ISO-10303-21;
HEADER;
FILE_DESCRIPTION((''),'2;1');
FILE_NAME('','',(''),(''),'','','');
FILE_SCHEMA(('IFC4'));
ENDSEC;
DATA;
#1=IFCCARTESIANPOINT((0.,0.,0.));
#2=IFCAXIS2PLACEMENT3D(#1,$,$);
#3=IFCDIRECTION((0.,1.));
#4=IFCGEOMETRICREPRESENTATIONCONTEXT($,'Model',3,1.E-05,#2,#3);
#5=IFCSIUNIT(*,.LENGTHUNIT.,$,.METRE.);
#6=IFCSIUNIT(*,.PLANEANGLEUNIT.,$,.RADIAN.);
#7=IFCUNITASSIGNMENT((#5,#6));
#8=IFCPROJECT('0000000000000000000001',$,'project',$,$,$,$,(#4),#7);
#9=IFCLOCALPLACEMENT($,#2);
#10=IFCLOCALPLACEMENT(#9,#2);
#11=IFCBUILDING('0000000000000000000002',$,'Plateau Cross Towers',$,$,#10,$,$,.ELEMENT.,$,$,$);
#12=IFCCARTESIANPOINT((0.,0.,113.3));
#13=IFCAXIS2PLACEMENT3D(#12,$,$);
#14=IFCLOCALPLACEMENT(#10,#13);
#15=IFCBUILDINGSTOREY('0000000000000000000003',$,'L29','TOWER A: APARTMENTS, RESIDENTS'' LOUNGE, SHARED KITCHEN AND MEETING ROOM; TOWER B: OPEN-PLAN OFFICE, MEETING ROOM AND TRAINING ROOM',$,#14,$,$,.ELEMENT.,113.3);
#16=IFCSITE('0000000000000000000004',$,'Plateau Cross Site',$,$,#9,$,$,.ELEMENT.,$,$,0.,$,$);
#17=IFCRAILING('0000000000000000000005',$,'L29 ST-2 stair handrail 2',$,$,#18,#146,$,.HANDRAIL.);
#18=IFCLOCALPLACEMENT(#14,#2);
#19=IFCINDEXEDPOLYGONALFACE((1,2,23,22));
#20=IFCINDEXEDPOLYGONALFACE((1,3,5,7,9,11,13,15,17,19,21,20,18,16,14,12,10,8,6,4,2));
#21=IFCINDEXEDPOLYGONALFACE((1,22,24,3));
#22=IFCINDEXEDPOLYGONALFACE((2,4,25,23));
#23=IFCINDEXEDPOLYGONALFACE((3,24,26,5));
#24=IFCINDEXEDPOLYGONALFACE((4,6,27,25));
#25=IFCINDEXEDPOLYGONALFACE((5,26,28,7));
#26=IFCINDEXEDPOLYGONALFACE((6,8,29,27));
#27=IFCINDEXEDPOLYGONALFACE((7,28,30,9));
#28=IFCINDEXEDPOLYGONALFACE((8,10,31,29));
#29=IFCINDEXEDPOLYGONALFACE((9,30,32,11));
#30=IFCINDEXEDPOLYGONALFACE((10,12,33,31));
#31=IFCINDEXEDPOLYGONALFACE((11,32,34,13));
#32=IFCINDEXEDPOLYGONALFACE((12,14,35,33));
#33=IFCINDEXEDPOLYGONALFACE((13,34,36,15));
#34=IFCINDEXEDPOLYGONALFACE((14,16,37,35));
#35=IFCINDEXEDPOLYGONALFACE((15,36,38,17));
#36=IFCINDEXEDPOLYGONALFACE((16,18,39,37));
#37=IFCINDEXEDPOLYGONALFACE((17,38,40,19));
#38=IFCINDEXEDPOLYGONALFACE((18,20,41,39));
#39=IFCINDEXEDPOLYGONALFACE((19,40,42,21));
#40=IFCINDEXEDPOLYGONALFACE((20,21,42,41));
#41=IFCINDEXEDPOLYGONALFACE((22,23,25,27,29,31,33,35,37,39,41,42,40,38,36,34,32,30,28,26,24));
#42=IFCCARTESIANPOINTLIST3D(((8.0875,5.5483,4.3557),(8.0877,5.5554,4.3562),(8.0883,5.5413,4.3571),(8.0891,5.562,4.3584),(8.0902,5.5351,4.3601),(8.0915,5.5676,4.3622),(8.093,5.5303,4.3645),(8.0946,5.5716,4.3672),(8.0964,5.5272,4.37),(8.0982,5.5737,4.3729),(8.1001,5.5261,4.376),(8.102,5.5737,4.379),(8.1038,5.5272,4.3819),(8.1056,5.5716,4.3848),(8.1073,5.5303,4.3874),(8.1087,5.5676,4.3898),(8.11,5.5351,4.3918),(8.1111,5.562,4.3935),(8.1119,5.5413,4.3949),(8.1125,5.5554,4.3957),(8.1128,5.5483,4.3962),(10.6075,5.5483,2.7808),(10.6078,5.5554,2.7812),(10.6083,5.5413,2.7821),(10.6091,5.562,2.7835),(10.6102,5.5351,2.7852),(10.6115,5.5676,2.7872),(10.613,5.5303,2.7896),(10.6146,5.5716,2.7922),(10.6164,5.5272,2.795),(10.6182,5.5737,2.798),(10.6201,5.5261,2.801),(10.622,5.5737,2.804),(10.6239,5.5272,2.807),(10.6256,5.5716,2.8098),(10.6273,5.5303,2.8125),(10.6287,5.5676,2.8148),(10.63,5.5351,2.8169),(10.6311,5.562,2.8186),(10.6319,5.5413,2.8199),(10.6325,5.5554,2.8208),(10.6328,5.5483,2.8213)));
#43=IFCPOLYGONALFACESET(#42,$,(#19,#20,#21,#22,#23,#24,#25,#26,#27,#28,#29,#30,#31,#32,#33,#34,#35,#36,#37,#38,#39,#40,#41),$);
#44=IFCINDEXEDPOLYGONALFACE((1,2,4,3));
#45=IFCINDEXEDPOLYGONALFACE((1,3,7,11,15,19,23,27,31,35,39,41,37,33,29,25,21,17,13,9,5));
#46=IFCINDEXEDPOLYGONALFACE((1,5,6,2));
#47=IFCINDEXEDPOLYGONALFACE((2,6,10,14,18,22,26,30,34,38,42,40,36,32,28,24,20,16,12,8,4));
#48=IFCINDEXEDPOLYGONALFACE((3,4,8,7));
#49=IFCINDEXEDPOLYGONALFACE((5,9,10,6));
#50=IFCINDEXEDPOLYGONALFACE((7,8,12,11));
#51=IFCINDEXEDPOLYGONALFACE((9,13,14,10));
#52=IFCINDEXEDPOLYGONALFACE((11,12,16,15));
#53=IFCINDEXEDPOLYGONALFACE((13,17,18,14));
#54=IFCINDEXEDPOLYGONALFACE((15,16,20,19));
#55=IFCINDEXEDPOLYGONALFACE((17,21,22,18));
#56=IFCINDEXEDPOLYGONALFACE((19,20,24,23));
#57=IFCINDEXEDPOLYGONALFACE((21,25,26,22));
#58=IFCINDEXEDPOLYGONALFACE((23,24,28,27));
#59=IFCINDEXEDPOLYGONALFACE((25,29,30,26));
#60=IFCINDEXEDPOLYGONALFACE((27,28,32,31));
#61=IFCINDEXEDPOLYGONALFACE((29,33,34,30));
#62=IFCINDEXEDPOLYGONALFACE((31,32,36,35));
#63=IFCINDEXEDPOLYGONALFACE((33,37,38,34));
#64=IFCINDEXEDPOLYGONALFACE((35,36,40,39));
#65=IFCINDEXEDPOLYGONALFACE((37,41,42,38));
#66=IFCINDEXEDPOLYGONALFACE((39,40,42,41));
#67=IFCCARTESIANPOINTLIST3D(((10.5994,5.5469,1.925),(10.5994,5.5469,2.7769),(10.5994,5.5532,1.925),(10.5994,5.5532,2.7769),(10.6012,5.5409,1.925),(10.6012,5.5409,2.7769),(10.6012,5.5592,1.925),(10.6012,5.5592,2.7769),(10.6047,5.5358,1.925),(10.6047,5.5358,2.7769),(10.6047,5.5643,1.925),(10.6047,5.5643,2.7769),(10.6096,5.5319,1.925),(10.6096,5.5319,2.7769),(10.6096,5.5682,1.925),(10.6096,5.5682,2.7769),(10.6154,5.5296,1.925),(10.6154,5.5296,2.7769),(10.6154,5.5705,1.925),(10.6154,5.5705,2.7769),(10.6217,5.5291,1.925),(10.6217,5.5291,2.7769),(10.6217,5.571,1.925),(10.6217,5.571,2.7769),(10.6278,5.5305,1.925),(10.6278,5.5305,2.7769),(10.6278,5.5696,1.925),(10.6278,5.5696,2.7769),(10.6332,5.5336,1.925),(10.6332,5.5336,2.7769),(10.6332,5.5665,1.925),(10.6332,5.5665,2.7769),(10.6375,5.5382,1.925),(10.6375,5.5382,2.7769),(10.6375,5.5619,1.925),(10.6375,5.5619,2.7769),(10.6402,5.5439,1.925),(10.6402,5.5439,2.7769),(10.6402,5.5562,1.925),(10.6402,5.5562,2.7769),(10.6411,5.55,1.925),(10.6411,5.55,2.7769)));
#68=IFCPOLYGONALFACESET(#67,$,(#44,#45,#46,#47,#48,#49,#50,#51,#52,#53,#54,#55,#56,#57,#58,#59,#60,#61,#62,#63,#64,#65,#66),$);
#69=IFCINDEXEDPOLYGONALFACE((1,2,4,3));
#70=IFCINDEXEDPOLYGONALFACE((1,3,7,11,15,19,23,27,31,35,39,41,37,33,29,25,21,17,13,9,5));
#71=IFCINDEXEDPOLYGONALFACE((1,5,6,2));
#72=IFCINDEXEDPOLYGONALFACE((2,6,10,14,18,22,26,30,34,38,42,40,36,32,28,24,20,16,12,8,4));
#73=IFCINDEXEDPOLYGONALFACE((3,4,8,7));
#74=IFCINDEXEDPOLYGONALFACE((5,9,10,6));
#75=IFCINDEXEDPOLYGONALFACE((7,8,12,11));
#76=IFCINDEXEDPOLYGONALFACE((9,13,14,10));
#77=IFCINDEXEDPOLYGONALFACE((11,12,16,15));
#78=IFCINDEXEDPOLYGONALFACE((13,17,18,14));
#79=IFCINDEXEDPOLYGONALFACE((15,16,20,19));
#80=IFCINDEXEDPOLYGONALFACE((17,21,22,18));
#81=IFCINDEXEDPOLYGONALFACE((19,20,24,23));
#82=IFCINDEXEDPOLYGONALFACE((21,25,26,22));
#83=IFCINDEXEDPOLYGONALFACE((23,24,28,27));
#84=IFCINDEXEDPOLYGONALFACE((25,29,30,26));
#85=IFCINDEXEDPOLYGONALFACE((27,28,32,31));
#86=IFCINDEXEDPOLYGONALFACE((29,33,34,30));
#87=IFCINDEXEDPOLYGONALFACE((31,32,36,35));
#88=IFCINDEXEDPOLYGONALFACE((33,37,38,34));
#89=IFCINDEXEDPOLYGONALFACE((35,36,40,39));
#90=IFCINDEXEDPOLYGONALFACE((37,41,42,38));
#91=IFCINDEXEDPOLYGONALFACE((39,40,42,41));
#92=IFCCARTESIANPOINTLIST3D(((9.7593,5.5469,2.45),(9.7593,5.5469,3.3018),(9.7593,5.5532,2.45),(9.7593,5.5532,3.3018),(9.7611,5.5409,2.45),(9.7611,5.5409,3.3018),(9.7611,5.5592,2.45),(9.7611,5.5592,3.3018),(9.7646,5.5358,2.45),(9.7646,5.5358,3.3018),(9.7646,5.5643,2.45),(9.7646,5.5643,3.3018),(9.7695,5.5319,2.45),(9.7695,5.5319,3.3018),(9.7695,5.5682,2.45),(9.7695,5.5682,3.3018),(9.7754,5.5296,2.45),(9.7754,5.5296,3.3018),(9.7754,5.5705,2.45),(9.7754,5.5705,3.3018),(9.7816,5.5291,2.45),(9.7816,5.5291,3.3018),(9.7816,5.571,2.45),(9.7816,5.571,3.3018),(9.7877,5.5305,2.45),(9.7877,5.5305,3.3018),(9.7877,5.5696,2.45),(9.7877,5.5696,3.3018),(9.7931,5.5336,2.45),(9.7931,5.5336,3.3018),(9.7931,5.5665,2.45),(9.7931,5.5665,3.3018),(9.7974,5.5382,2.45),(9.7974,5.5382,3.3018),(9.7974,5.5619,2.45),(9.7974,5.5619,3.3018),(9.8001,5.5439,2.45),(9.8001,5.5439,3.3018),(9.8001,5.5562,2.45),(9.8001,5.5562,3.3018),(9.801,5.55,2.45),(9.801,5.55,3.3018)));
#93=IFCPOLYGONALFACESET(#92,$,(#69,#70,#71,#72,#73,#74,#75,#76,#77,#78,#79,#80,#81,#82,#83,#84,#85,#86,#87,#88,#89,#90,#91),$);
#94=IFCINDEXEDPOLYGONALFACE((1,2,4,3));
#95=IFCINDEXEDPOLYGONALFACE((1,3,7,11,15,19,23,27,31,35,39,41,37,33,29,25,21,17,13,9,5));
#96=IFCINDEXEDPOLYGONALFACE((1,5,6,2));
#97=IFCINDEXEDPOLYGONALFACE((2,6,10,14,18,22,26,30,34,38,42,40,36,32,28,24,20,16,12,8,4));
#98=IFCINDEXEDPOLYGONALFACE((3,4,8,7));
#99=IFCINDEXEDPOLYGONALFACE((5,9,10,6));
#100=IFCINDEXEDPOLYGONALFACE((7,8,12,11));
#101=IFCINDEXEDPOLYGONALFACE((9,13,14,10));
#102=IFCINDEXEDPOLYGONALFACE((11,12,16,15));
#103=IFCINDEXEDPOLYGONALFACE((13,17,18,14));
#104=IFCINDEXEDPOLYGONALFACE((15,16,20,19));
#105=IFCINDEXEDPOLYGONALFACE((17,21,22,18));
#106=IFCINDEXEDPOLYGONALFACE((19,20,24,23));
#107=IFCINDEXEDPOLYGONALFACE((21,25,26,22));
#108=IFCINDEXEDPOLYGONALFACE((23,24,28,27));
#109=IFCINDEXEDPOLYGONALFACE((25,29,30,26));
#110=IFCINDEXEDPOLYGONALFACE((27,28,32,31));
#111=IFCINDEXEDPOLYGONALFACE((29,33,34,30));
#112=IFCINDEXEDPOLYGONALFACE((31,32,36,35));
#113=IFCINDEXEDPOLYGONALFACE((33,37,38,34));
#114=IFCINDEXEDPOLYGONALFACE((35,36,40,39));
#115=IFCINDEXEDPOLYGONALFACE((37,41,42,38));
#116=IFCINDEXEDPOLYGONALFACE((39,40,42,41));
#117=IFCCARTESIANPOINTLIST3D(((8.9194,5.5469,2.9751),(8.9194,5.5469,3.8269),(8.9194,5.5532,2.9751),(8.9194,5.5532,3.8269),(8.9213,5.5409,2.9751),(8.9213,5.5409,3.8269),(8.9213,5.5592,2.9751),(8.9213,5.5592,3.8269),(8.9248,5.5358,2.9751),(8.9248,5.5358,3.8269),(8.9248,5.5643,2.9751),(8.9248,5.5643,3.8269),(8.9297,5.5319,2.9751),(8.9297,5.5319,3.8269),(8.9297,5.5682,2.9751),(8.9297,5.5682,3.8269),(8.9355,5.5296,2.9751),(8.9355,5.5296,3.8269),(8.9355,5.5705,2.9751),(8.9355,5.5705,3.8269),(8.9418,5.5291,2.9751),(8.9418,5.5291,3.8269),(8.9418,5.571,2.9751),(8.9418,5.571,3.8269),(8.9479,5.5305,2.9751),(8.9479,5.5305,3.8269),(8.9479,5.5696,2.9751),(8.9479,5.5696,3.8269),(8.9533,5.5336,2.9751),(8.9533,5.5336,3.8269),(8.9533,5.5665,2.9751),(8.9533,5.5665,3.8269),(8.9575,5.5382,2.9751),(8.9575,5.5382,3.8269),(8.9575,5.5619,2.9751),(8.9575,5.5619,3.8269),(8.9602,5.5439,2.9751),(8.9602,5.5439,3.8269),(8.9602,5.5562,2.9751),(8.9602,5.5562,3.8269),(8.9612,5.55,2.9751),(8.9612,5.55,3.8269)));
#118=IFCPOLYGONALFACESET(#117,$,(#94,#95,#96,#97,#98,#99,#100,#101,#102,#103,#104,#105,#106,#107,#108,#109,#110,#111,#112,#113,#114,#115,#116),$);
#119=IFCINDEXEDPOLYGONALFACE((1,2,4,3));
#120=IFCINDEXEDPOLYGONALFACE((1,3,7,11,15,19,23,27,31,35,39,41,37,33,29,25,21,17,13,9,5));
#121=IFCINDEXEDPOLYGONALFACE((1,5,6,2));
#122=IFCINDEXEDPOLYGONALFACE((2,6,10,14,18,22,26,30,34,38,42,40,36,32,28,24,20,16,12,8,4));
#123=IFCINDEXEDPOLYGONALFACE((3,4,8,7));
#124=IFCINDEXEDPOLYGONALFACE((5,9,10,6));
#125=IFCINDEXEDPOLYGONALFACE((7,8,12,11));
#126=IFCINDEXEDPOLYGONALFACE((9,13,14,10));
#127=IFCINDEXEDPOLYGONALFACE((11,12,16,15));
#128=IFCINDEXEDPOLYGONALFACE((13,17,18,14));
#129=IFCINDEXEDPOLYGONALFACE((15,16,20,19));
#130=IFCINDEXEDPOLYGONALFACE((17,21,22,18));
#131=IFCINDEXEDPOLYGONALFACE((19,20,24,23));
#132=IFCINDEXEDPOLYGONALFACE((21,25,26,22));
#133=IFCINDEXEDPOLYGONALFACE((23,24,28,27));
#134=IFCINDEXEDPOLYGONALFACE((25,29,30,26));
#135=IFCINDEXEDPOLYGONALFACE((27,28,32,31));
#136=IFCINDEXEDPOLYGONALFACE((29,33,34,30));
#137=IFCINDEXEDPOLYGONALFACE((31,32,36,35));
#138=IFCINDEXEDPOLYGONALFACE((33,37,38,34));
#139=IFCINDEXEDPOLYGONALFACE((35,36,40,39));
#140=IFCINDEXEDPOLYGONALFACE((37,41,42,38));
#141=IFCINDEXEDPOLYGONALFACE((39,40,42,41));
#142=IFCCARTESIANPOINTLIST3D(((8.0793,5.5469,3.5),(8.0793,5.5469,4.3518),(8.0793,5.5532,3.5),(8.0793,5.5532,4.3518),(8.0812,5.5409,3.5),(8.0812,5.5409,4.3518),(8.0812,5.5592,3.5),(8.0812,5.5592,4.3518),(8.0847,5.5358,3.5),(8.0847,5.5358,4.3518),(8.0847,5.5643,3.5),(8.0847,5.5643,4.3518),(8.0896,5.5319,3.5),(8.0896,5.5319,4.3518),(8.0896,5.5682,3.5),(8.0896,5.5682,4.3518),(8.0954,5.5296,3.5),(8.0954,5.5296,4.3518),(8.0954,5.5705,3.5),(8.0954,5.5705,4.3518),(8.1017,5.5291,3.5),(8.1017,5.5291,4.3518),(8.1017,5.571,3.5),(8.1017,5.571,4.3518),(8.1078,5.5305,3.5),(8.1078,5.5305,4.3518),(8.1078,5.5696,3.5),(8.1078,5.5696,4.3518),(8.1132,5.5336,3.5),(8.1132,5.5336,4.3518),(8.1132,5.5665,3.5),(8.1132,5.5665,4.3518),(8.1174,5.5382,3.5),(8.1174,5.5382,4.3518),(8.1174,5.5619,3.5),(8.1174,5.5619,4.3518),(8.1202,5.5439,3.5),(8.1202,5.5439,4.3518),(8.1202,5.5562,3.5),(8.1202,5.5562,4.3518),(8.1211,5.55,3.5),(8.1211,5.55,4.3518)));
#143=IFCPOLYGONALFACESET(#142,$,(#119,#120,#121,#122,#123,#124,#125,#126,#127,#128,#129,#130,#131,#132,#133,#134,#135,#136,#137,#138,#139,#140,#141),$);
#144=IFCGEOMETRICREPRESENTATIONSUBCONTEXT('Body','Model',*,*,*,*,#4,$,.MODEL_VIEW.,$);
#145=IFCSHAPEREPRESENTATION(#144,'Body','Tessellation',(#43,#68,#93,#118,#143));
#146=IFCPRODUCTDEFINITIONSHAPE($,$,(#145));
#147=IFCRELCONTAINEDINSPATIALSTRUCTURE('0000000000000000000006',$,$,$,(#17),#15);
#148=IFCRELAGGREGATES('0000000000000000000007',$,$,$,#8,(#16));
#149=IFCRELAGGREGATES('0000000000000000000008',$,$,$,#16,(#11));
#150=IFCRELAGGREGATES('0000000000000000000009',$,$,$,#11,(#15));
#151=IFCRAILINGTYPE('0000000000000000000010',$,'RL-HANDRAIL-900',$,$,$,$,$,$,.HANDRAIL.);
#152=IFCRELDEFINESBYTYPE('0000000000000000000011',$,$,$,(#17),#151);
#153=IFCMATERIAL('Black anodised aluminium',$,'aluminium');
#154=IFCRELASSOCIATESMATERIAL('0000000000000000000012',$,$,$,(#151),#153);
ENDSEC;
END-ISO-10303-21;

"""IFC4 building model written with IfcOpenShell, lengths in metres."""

from ifc_helpers import new_model, si_unit, direction, frame, origin, origin_2d, place, context, subcontext, project, spatial, circle, extrude, material, type_object, element, save


model = new_model("IFC4")

# Units and contexts
model_context = context("Model", 3, precision=1e-05, world=origin(), true_north=direction((0.0, 1.0)))
body_context = subcontext(model_context, "Body", "Model", "MODEL_VIEW")
ifc_project = project(units=[si_unit("LENGTHUNIT", "METRE"), si_unit("PLANEANGLEUNIT", "RADIAN")], contexts=[model_context])

# Site, building, storey
site_placement = place(None, origin())
site = spatial("IfcSite", under=ifc_project, at=site_placement, Name="Plateau Cross Site", CompositionType="ELEMENT", RefElevation=0.0)
building_placement = place(site_placement, origin())
building = spatial("IfcBuilding", under=site, at=building_placement, Name="Plateau Cross Towers", CompositionType="ELEMENT")
storey_placement = place(building_placement, frame((0.0, 0.0, 113.3)))
storey = spatial("IfcBuildingStorey", under=building, at=storey_placement, Name="L29", Description="TOWER A: APARTMENTS, RESIDENTS' LOUNGE, SHARED KITCHEN AND MEETING ROOM; TOWER B: OPEN-PLAN OFFICE, MEETING ROOM AND TRAINING ROOM", CompositionType="ELEMENT", Elevation=113.3)

# Railing
ifc_material_1 = material(Name="Black anodised aluminium", Category="aluminium")
railing_type_1 = type_object("IfcRailingType", Name="RL-HANDRAIL-900", PredefinedType="HANDRAIL", material=ifc_material_1)
railing_1_placement = place(storey_placement, frame((10.6201, 5.55, 1.925)))
element("IfcRailing", 1, at=railing_1_placement, inside=storey, type_object=railing_type_1, Name="L29 ST-2 stair handrail 2", PredefinedType="HANDRAIL", context=body_context, shape_type="SweptSolid", body=[
    extrude(circle(Radius=0.0239, at=origin_2d()), frame((0.0, 0.0, 0.876), z_axis=(-0.848008, 0.0, 0.529984), x_axis=(0.0, -1.0, 0.0)), (0.0, 0.0, 1.0), 2.9717),
    extrude(circle(Radius=0.021, at=origin_2d()), origin(), (0.0, 0.0, 1.0), 0.8518),
    extrude(circle(Radius=0.021, at=origin_2d()), frame((-0.8401, 0.0, 0.5249)), (0.0, 0.0, 1.0), 0.8518),
    extrude(circle(Radius=0.021, at=origin_2d()), frame((-1.6799, 0.0, 1.05)), (0.0, 0.0, 1.0), 0.8518),
    extrude(circle(Radius=0.021, at=origin_2d()), frame((-2.52, 0.0, 1.575)), (0.0, 0.0, 1.0), 0.8518),
])

save(model, "model.ifc")
